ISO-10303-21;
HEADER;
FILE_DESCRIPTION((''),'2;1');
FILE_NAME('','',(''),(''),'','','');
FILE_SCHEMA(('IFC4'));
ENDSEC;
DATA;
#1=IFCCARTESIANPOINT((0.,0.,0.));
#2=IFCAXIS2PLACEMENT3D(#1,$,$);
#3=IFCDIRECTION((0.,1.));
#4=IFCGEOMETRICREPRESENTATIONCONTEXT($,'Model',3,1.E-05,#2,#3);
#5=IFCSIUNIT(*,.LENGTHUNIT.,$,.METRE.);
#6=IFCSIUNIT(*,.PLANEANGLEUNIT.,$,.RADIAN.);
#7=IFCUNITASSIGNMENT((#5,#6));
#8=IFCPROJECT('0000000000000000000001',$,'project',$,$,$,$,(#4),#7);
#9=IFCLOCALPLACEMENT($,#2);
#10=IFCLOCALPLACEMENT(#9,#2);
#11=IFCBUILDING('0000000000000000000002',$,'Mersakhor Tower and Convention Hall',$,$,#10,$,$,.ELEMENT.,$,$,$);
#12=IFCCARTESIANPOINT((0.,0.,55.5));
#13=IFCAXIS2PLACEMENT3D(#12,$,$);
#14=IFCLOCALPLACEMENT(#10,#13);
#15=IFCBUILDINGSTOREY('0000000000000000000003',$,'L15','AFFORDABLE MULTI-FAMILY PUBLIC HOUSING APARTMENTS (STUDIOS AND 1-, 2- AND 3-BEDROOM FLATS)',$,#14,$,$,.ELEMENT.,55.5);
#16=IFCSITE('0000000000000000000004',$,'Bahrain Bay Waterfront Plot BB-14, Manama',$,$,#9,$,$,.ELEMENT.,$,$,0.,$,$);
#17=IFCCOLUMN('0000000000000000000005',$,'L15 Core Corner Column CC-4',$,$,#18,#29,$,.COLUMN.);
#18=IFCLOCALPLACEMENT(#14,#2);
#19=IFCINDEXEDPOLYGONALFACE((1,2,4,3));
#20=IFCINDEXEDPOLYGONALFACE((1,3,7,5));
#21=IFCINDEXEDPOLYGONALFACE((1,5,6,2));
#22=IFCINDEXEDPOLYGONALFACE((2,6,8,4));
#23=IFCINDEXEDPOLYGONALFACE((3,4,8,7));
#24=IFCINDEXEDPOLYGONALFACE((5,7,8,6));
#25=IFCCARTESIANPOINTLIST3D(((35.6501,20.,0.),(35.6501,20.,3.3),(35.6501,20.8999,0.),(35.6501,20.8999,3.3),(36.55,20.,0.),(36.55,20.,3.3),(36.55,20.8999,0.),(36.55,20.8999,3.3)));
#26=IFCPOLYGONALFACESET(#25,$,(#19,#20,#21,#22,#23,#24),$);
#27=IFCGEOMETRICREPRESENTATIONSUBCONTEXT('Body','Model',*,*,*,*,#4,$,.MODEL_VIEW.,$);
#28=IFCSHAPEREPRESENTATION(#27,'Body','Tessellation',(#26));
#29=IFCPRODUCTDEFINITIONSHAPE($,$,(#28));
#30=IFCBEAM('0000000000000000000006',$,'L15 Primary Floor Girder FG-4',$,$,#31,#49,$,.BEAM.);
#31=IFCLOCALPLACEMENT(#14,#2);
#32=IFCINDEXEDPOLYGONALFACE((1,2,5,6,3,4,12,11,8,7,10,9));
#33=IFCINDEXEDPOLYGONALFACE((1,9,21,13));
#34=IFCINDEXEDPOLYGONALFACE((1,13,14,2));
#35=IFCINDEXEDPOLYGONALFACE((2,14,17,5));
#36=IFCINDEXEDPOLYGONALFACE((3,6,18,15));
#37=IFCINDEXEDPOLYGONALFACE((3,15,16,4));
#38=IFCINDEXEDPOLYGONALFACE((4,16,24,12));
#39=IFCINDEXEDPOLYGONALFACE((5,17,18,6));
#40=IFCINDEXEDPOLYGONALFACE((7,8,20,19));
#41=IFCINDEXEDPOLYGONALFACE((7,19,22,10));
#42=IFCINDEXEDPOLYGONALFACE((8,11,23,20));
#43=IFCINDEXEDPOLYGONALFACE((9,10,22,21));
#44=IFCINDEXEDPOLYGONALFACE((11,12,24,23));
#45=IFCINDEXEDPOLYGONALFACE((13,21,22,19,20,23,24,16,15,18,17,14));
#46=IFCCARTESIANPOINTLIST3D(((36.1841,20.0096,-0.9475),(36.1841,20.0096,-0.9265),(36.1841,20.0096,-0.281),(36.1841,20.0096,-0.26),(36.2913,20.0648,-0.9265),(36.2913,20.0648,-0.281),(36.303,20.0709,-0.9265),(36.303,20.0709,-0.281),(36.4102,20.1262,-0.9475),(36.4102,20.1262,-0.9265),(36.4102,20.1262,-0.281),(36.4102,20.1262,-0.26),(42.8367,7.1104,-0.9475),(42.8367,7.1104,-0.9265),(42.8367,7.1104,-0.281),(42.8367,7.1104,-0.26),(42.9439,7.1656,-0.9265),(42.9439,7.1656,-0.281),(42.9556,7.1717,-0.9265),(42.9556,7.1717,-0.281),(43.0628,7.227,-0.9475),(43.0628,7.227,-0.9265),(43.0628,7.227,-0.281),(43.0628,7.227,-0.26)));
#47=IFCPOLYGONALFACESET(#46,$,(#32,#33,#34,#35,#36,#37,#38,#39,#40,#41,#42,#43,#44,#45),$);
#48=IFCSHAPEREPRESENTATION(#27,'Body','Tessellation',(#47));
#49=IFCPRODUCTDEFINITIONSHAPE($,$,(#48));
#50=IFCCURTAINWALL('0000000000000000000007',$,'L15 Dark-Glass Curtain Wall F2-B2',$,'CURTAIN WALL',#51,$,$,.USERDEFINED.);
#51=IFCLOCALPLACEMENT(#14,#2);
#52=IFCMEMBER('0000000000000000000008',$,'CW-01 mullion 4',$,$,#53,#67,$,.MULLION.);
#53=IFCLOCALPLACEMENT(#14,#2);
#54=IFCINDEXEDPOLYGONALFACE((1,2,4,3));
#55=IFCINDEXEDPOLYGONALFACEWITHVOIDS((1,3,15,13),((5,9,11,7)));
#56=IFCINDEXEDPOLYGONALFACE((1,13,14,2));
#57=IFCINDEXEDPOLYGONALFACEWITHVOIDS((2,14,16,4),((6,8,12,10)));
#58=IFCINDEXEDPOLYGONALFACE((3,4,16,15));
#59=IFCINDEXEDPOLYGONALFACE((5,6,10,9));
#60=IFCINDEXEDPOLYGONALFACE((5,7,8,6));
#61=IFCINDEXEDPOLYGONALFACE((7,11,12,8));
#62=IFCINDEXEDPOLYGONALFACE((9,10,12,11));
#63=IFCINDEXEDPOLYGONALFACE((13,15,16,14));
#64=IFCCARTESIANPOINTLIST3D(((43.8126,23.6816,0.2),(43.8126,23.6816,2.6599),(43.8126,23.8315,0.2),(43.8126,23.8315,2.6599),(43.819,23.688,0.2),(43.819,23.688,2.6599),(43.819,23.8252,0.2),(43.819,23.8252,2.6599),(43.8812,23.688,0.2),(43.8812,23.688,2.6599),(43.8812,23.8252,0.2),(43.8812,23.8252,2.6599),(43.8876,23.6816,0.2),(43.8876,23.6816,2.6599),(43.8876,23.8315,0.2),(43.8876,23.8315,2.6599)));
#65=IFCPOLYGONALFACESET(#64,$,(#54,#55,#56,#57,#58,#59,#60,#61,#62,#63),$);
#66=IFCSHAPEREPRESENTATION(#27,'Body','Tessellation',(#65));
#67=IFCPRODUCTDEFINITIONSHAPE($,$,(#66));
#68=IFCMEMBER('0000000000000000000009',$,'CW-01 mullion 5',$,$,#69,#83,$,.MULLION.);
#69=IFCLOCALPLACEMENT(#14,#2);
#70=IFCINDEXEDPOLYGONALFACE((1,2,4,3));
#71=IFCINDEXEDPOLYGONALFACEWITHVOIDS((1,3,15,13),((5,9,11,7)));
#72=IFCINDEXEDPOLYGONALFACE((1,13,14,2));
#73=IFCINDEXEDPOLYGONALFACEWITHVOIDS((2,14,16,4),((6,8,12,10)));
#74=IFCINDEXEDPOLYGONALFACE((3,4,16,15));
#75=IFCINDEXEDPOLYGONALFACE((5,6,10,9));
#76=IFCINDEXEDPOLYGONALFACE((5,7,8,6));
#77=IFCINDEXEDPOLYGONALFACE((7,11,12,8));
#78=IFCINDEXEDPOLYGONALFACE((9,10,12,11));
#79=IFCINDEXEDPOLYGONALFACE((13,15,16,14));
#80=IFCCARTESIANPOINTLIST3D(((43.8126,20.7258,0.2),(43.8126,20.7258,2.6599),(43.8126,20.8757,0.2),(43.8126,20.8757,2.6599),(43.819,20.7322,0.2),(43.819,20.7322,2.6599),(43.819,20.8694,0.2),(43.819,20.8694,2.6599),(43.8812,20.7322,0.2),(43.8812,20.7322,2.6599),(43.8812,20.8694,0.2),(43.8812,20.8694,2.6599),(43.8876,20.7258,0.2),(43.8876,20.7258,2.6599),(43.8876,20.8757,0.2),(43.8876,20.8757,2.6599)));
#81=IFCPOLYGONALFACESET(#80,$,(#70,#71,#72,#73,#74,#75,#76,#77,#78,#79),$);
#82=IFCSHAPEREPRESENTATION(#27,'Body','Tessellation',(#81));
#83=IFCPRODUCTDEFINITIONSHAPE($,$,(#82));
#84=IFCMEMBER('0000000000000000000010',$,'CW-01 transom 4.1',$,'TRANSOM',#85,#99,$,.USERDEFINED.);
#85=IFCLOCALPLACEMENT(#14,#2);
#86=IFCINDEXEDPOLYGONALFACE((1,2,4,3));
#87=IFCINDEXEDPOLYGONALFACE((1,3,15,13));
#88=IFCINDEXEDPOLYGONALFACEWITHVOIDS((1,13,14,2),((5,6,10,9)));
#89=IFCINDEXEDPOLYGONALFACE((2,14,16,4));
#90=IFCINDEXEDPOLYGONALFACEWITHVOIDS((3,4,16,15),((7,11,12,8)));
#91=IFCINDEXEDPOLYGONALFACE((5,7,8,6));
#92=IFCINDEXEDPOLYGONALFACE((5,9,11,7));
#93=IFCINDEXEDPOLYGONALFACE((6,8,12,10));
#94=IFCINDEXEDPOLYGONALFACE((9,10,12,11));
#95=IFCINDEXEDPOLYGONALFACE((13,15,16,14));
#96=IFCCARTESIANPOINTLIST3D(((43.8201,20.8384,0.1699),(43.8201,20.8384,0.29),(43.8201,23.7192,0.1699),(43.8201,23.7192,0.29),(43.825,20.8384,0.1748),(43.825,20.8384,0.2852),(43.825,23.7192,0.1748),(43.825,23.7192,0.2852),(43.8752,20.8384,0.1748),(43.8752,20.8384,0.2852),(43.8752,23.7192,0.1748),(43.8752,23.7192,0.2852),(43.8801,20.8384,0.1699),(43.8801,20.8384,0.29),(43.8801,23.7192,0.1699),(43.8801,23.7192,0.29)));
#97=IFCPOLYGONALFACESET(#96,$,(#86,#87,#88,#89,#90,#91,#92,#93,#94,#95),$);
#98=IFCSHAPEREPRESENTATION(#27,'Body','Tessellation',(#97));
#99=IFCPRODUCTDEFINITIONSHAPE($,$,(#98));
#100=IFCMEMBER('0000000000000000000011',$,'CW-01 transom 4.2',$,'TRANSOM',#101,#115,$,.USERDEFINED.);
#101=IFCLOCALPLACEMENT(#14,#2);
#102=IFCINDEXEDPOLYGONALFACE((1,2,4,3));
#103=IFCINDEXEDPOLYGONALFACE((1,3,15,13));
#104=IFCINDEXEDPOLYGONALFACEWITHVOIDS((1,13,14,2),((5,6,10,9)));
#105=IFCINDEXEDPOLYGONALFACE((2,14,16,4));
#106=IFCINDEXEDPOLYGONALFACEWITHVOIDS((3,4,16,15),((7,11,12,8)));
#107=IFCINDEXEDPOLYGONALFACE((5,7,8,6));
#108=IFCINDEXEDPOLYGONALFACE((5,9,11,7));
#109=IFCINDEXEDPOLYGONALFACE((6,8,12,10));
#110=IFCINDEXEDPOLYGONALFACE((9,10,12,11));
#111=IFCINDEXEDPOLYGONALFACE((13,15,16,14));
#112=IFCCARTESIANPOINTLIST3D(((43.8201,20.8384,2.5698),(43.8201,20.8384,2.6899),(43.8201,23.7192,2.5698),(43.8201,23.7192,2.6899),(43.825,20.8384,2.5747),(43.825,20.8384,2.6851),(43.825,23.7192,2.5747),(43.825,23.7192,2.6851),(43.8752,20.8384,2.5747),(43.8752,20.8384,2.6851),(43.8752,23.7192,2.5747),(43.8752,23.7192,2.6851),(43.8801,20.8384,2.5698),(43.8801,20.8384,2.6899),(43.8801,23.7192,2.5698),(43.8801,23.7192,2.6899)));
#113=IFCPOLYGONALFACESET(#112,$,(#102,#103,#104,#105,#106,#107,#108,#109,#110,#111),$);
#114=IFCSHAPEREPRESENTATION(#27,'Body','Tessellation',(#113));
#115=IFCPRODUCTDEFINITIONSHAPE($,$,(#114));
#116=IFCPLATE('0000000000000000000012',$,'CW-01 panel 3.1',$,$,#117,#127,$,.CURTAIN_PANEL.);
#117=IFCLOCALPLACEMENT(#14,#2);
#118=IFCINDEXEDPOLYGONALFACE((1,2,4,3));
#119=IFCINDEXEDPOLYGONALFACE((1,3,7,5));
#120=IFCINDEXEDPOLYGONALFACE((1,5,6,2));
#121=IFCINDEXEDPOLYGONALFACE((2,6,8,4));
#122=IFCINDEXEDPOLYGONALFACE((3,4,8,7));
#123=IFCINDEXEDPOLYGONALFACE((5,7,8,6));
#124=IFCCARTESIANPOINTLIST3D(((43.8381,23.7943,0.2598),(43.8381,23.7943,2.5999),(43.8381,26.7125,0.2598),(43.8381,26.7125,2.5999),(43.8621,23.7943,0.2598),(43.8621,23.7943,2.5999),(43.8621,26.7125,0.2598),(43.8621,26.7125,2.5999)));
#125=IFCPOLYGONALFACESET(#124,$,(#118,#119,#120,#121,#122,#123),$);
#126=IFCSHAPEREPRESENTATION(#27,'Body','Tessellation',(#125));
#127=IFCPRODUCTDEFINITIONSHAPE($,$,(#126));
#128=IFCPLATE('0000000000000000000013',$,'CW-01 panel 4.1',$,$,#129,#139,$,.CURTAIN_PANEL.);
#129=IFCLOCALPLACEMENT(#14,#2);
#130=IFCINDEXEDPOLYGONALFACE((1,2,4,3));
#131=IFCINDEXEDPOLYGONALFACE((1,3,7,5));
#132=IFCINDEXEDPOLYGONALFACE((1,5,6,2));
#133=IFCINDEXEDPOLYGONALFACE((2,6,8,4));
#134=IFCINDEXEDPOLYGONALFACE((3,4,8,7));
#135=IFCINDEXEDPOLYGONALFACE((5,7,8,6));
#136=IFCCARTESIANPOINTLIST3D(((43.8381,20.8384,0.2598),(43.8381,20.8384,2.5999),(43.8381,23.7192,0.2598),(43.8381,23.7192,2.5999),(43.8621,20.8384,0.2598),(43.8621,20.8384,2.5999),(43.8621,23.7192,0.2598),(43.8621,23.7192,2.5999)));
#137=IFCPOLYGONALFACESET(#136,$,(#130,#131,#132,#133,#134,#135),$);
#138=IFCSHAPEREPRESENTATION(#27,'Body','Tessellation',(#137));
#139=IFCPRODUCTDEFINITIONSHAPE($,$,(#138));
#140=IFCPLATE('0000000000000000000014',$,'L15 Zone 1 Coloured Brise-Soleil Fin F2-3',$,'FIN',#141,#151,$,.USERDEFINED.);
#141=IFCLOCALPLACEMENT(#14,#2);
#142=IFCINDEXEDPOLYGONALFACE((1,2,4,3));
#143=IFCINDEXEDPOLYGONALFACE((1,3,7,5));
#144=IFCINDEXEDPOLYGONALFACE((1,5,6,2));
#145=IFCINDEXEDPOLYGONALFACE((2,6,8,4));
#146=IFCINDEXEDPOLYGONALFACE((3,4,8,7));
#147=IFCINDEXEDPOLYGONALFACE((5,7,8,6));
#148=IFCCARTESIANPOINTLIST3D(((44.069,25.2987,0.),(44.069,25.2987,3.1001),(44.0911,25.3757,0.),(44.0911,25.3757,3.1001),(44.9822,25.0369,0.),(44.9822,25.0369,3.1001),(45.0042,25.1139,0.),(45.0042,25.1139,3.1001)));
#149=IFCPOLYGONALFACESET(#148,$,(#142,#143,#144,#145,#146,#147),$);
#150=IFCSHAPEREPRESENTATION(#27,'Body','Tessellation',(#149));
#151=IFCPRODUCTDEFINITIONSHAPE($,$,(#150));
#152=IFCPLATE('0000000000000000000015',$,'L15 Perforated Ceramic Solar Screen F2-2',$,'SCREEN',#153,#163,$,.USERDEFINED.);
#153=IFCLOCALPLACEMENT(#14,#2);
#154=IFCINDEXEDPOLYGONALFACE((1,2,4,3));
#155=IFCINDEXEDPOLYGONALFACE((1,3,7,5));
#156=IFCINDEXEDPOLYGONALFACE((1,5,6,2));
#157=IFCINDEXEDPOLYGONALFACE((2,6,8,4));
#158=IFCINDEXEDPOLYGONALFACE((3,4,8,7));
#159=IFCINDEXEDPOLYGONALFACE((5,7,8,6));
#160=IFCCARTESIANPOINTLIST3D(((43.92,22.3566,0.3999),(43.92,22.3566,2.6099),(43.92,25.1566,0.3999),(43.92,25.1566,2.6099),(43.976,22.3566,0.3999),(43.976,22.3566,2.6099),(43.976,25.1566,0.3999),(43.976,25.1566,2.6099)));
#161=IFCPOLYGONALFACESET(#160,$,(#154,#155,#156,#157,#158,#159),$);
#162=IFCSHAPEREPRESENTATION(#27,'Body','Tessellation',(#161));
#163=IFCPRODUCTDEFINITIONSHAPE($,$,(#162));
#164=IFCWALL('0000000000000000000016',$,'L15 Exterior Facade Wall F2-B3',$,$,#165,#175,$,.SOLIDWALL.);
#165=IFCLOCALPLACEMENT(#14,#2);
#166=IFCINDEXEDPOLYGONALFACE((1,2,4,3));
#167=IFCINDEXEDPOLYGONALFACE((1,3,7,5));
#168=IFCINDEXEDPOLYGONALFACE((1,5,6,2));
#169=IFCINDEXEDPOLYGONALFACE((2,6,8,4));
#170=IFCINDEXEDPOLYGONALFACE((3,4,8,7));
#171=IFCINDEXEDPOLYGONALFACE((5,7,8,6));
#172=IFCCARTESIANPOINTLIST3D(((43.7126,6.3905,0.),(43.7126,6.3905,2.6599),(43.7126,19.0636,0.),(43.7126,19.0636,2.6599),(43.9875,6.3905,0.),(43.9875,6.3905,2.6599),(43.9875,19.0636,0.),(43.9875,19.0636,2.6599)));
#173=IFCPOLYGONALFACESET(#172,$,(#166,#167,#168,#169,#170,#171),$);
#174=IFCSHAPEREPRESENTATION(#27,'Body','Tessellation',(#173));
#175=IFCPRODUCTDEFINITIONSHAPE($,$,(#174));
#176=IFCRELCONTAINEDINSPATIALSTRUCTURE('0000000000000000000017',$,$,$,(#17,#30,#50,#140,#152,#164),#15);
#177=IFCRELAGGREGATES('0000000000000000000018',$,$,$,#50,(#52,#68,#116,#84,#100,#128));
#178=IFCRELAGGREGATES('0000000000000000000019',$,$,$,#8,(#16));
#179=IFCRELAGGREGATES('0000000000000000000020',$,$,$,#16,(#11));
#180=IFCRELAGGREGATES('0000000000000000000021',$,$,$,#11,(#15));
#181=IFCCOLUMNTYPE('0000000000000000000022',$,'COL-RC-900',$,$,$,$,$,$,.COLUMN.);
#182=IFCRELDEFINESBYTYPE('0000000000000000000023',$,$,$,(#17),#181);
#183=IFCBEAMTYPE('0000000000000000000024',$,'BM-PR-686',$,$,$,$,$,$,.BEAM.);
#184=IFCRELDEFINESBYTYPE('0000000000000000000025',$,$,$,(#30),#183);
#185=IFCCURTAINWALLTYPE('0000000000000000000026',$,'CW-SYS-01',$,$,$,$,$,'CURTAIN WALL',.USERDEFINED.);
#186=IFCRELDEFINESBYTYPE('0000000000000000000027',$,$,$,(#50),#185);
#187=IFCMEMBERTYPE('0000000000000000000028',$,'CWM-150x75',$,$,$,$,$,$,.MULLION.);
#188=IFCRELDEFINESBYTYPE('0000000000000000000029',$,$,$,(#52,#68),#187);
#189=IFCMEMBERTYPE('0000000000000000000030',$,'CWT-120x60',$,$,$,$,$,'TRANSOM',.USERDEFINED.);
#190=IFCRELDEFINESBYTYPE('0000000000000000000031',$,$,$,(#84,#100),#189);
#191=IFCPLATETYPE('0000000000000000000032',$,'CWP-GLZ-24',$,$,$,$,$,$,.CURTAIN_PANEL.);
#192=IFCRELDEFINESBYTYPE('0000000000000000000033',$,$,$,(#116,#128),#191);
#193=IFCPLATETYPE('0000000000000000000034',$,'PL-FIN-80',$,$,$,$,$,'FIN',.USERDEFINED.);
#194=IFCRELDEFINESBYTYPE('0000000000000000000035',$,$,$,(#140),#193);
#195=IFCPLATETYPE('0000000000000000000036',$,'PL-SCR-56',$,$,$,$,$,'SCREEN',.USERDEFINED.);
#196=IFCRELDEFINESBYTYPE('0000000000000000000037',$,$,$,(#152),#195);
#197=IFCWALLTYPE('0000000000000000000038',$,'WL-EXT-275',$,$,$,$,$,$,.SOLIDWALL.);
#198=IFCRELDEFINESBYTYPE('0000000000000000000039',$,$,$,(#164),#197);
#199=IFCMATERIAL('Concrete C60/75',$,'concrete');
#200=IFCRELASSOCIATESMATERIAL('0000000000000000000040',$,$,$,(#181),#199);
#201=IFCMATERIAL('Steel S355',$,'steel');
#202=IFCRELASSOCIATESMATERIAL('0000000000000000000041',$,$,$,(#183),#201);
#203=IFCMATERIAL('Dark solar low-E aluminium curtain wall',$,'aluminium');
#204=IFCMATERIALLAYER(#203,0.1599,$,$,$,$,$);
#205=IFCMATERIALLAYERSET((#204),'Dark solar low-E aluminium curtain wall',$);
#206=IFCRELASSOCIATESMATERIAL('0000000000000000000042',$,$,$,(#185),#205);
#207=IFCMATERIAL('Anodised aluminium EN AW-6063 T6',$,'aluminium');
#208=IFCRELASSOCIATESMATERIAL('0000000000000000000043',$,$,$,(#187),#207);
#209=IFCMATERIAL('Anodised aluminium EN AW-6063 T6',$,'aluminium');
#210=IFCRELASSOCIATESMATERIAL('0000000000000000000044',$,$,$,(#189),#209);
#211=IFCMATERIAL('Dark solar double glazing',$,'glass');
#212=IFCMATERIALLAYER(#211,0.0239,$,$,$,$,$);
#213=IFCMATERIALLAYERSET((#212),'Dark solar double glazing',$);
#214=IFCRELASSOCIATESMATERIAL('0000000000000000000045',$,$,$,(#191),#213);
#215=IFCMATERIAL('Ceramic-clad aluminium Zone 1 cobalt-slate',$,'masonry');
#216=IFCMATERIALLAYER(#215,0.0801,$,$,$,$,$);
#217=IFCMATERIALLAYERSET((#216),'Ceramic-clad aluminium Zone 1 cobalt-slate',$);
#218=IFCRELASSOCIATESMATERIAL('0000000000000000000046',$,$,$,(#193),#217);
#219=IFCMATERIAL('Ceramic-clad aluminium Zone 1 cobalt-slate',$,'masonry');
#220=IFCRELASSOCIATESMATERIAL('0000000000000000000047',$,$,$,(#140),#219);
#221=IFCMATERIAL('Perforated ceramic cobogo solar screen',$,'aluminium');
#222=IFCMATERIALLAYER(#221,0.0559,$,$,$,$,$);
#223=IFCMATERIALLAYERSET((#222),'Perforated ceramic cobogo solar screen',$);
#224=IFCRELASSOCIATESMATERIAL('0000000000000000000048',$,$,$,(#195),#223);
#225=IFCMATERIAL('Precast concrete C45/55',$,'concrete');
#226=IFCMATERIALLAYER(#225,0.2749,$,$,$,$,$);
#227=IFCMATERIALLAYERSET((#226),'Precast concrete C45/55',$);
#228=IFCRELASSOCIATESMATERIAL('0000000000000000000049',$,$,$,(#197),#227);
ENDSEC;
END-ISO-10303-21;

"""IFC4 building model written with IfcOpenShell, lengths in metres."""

from ifc_helpers import new_model, si_unit, direction, frame, frame_2d, origin, origin_2d, place, context, subcontext, project, spatial, rectangle, hollow_rectangle, i_section, extrude, material, layer, layer_set, material_profile, profile_set, type_object, element, aggregate, save


model = new_model("IFC4")

# Units and contexts
model_context = context("Model", 3, precision=1e-05, world=origin(), true_north=direction((0.0, 1.0)))
body_context = subcontext(model_context, "Body", "Model", "MODEL_VIEW")
ifc_project = project(units=[si_unit("LENGTHUNIT", "METRE"), si_unit("PLANEANGLEUNIT", "RADIAN")], contexts=[model_context])

# Site, building, storey
site_placement = place(None, origin())
site = spatial("IfcSite", under=ifc_project, at=site_placement, Name="Bahrain Bay Waterfront Plot BB-14, Manama", CompositionType="ELEMENT", RefElevation=0.0)
building_placement = place(site_placement, origin())
building = spatial("IfcBuilding", under=site, at=building_placement, Name="Mersakhor Tower and Convention Hall", CompositionType="ELEMENT")
storey_placement = place(building_placement, frame((0.0, 0.0, 55.5)))
storey = spatial("IfcBuildingStorey", under=building, at=storey_placement, Name="L15", Description="AFFORDABLE MULTI-FAMILY PUBLIC HOUSING APARTMENTS (STUDIOS AND 1-, 2- AND 3-BEDROOM FLATS)", CompositionType="ELEMENT", Elevation=55.5)

# Column
ifc_material_1 = material(Name="Concrete C60/75", Category="concrete")
ifc_material_profile_1 = material_profile(ifc_material_1, rectangle(XDim=0.8999, YDim=0.8999, at=origin_2d()), Name="RC 900x900")
ifc_profile_set_1 = profile_set([ifc_material_profile_1], Name="Concrete C60/75")
column_type = type_object("IfcColumnType", Name="COL-RC-900", PredefinedType="COLUMN", material=ifc_profile_set_1)
column_placement = place(storey_placement, frame((36.1001, 20.45, 0.0), z_axis=(0.0, 0.0, 1.0), x_axis=(1.0, 0.0, 0.0)))
element("IfcColumn", 1, at=column_placement, inside=storey, type_object=column_type, Name="L15 Core Corner Column CC-4", PredefinedType="COLUMN", context=body_context, shape_type="SweptSolid", body=[
    extrude(rectangle(XDim=0.8999, YDim=0.8999, at=origin_2d()), origin(), (0.0, 0.0, 1.0), 3.3),
])

# Beam
ifc_material_2 = material(Name="Steel S355", Category="steel")
ifc_material_profile_2 = material_profile(ifc_material_2, i_section(OverallWidth=0.2544, OverallDepth=0.6875, WebThickness=0.0132, FlangeThickness=0.021, at=origin_2d()), Name="UB 686x254x152")
ifc_profile_set_2 = profile_set([ifc_material_profile_2], Name="Steel S355")
beam_type = type_object("IfcBeamType", Name="BM-PR-686", PredefinedType="BEAM", material=ifc_profile_set_2)
beam_placement = place(storey_placement, frame((36.2971, 20.0679, -0.6038), z_axis=(0.458368, -0.888762, 0.0), x_axis=(0.888762, 0.458368, 0.0)))
element("IfcBeam", 2, at=beam_placement, inside=storey, type_object=beam_type, Name="L15 Primary Floor Girder FG-4", PredefinedType="BEAM", context=body_context, shape_type="SweptSolid", body=[
    extrude(i_section(OverallWidth=0.2544, OverallDepth=0.6875, WebThickness=0.0132, FlangeThickness=0.021, at=origin_2d()), origin(), (0.0, 0.0, 1.0), 14.5137),
])

# Curtain wall, members, plates
ifc_material_3 = material(Name="Dark solar low-E aluminium curtain wall", Category="aluminium")
ifc_layer_1 = layer(ifc_material_3, 0.1599)
ifc_layer_set_1 = layer_set([ifc_layer_1], Name="Dark solar low-E aluminium curtain wall")
curtain_wall_type = type_object("IfcCurtainWallType", Name="CW-SYS-01", ElementType="CURTAIN WALL", PredefinedType="USERDEFINED", material=ifc_layer_set_1)
curtain_wall_placement = place(storey_placement, origin())
curtain_wall = element("IfcCurtainWall", 3, at=curtain_wall_placement, inside=storey, type_object=curtain_wall_type, Name="L15 Dark-Glass Curtain Wall F2-B2", ObjectType="CURTAIN WALL", PredefinedType="USERDEFINED")
ifc_material_4 = material(Name="Anodised aluminium EN AW-6063 T6", Category="aluminium")
ifc_material_profile_3 = material_profile(ifc_material_4, hollow_rectangle(XDim=0.075, YDim=0.1499, WallThickness=0.0063, at=origin_2d()), Name="RHS 150x75x6.3")
ifc_profile_set_3 = profile_set([ifc_material_profile_3], Name="Anodised aluminium EN AW-6063 T6")
member_type_1 = type_object("IfcMemberType", Name="CWM-150x75", PredefinedType="MULLION", material=ifc_profile_set_3)
member_1_placement = place(storey_placement, frame((43.8501, 23.7566, 0.2), z_axis=(0.0, 0.0, 1.0), x_axis=(1.0, 0.0, 0.0)))
member_1 = element("IfcMember", 4, at=member_1_placement, type_object=member_type_1, Name="CW-01 mullion 4", PredefinedType="MULLION", context=body_context, shape_type="SweptSolid", body=[
    extrude(hollow_rectangle(XDim=0.075, YDim=0.1499, WallThickness=0.0063, at=origin_2d()), origin(), (0.0, 0.0, 1.0), 2.46),
])
member_2_placement = place(storey_placement, frame((43.8501, 20.8008, 0.2), z_axis=(0.0, 0.0, 1.0), x_axis=(1.0, 0.0, 0.0)))
member_2 = element("IfcMember", 5, at=member_2_placement, type_object=member_type_1, Name="CW-01 mullion 5", PredefinedType="MULLION", context=body_context, shape_type="SweptSolid", body=[
    extrude(hollow_rectangle(XDim=0.075, YDim=0.1499, WallThickness=0.0063, at=origin_2d()), origin(), (0.0, 0.0, 1.0), 2.46),
])
ifc_material_5 = material(Name="Anodised aluminium EN AW-6063 T6", Category="aluminium")
ifc_material_profile_4 = material_profile(ifc_material_5, hollow_rectangle(XDim=0.0601, YDim=0.1201, WallThickness=0.0049, at=origin_2d()), Name="RHS 120x60x5")
ifc_profile_set_4 = profile_set([ifc_material_profile_4], Name="Anodised aluminium EN AW-6063 T6")
member_type_2 = type_object("IfcMemberType", Name="CWT-120x60", ElementType="TRANSOM", PredefinedType="USERDEFINED", material=ifc_profile_set_4)
member_3_placement = place(storey_placement, frame((43.8501, 23.7192, 0.23), z_axis=(0.0, -1.0, 0.0), x_axis=(1.0, 0.0, 0.0)))
member_3 = element("IfcMember", 6, at=member_3_placement, type_object=member_type_2, Name="CW-01 transom 4.1", ObjectType="TRANSOM", PredefinedType="USERDEFINED", context=body_context, shape_type="SweptSolid", body=[
    extrude(hollow_rectangle(XDim=0.0601, YDim=0.1201, WallThickness=0.0049, at=origin_2d()), origin(), (0.0, 0.0, 1.0), 2.8809),
])
member_4_placement = place(storey_placement, frame((43.8501, 23.7192, 2.6299), z_axis=(0.0, -1.0, 0.0), x_axis=(1.0, 0.0, 0.0)))
member_4 = element("IfcMember", 7, at=member_4_placement, type_object=member_type_2, Name="CW-01 transom 4.2", ObjectType="TRANSOM", PredefinedType="USERDEFINED", context=body_context, shape_type="SweptSolid", body=[
    extrude(hollow_rectangle(XDim=0.0601, YDim=0.1201, WallThickness=0.0049, at=origin_2d()), origin(), (0.0, 0.0, 1.0), 2.8809),
])
ifc_material_6 = material(Name="Dark solar double glazing", Category="glass")
ifc_layer_2 = layer(ifc_material_6, 0.0239)
ifc_layer_set_2 = layer_set([ifc_layer_2], Name="Dark solar double glazing")
plate_type_1 = type_object("IfcPlateType", Name="CWP-GLZ-24", PredefinedType="CURTAIN_PANEL", material=ifc_layer_set_2)
plate_1_placement = place(storey_placement, frame((43.8501, 25.2534, 0.2598), z_axis=(0.0, 0.0, 1.0), x_axis=(0.0, -1.0, 0.0)))
plate_1 = element("IfcPlate", 8, at=plate_1_placement, type_object=plate_type_1, Name="CW-01 panel 3.1", PredefinedType="CURTAIN_PANEL", context=body_context, shape_type="SweptSolid", body=[
    extrude(rectangle(XDim=2.9182, YDim=0.0239, at=origin_2d()), origin(), (0.0, 0.0, 1.0), 2.3401),
])
plate_2_placement = place(storey_placement, frame((43.8501, 22.2788, 0.2598), z_axis=(0.0, 0.0, 1.0), x_axis=(0.0, -1.0, 0.0)))
plate_2 = element("IfcPlate", 9, at=plate_2_placement, type_object=plate_type_1, Name="CW-01 panel 4.1", PredefinedType="CURTAIN_PANEL", context=body_context, shape_type="SweptSolid", body=[
    extrude(rectangle(XDim=2.8809, YDim=0.0239, at=origin_2d()), origin(), (0.0, 0.0, 1.0), 2.3401),
])
aggregate(curtain_wall, [member_1, member_2, plate_1, member_3, member_4, plate_2])

# Plates
ifc_material_7 = material(Name="Ceramic-clad aluminium Zone 1 cobalt-slate", Category="masonry")
ifc_material_8 = material(Name="Ceramic-clad aluminium Zone 1 cobalt-slate", Category="masonry")
ifc_layer_3 = layer(ifc_material_8, 0.0801)
ifc_layer_set_3 = layer_set([ifc_layer_3], Name="Ceramic-clad aluminium Zone 1 cobalt-slate")
plate_type_2 = type_object("IfcPlateType", Name="PL-FIN-80", ElementType="FIN", PredefinedType="USERDEFINED", material=ifc_layer_set_3)
plate_3_placement = place(storey_placement, frame((44.5366, 25.2063, 0.0), z_axis=(0.0, 0.0, 1.0), x_axis=(0.961262, -0.275637, 0.0)))
element("IfcPlate", 10, at=plate_3_placement, inside=storey, type_object=plate_type_2, material=ifc_material_7, Name="L15 Zone 1 Coloured Brise-Soleil Fin F2-3", ObjectType="FIN", PredefinedType="USERDEFINED", context=body_context, shape_type="SweptSolid", body=[
    extrude(rectangle(XDim=0.95, YDim=0.0801, at=origin_2d()), origin(), (0.0, 0.0, 1.0), 3.1001),
])
ifc_material_9 = material(Name="Perforated ceramic cobogo solar screen", Category="aluminium")
ifc_layer_4 = layer(ifc_material_9, 0.0559)
ifc_layer_set_4 = layer_set([ifc_layer_4], Name="Perforated ceramic cobogo solar screen")
plate_type_3 = type_object("IfcPlateType", Name="PL-SCR-56", ElementType="SCREEN", PredefinedType="USERDEFINED", material=ifc_layer_set_4)
plate_4_placement = place(storey_placement, frame((43.948, 23.7566, 0.3999), z_axis=(0.0, 0.0, 1.0), x_axis=(0.0, -1.0, 0.0)))
element("IfcPlate", 11, at=plate_4_placement, inside=storey, type_object=plate_type_3, Name="L15 Perforated Ceramic Solar Screen F2-2", ObjectType="SCREEN", PredefinedType="USERDEFINED", context=body_context, shape_type="SweptSolid", body=[
    extrude(rectangle(XDim=2.8, YDim=0.0559, at=origin_2d()), origin(), (0.0, 0.0, 1.0), 2.21),
])

# Wall
ifc_material_10 = material(Name="Precast concrete C45/55", Category="concrete")
ifc_layer_5 = layer(ifc_material_10, 0.2749)
ifc_layer_set_5 = layer_set([ifc_layer_5], Name="Precast concrete C45/55")
wall_type_1 = type_object("IfcWallType", Name="WL-EXT-275", PredefinedType="SOLIDWALL", material=ifc_layer_set_5)
wall_1_placement = place(storey_placement, frame((43.8501, 19.0635, 0.0), z_axis=(0.0, 0.0, 1.0), x_axis=(0.0, -1.0, 0.0)))
element("IfcWall", 12, at=wall_1_placement, inside=storey, type_object=wall_type_1, Name="L15 Exterior Facade Wall F2-B3", PredefinedType="SOLIDWALL", context=body_context, shape_type="SweptSolid", body=[
    extrude(rectangle(XDim=12.6731, YDim=0.2749, at=frame_2d((6.3364, 0.0))), origin(), (0.0, 0.0, 1.0), 2.6599),
])

save(model, "model.ifc")
